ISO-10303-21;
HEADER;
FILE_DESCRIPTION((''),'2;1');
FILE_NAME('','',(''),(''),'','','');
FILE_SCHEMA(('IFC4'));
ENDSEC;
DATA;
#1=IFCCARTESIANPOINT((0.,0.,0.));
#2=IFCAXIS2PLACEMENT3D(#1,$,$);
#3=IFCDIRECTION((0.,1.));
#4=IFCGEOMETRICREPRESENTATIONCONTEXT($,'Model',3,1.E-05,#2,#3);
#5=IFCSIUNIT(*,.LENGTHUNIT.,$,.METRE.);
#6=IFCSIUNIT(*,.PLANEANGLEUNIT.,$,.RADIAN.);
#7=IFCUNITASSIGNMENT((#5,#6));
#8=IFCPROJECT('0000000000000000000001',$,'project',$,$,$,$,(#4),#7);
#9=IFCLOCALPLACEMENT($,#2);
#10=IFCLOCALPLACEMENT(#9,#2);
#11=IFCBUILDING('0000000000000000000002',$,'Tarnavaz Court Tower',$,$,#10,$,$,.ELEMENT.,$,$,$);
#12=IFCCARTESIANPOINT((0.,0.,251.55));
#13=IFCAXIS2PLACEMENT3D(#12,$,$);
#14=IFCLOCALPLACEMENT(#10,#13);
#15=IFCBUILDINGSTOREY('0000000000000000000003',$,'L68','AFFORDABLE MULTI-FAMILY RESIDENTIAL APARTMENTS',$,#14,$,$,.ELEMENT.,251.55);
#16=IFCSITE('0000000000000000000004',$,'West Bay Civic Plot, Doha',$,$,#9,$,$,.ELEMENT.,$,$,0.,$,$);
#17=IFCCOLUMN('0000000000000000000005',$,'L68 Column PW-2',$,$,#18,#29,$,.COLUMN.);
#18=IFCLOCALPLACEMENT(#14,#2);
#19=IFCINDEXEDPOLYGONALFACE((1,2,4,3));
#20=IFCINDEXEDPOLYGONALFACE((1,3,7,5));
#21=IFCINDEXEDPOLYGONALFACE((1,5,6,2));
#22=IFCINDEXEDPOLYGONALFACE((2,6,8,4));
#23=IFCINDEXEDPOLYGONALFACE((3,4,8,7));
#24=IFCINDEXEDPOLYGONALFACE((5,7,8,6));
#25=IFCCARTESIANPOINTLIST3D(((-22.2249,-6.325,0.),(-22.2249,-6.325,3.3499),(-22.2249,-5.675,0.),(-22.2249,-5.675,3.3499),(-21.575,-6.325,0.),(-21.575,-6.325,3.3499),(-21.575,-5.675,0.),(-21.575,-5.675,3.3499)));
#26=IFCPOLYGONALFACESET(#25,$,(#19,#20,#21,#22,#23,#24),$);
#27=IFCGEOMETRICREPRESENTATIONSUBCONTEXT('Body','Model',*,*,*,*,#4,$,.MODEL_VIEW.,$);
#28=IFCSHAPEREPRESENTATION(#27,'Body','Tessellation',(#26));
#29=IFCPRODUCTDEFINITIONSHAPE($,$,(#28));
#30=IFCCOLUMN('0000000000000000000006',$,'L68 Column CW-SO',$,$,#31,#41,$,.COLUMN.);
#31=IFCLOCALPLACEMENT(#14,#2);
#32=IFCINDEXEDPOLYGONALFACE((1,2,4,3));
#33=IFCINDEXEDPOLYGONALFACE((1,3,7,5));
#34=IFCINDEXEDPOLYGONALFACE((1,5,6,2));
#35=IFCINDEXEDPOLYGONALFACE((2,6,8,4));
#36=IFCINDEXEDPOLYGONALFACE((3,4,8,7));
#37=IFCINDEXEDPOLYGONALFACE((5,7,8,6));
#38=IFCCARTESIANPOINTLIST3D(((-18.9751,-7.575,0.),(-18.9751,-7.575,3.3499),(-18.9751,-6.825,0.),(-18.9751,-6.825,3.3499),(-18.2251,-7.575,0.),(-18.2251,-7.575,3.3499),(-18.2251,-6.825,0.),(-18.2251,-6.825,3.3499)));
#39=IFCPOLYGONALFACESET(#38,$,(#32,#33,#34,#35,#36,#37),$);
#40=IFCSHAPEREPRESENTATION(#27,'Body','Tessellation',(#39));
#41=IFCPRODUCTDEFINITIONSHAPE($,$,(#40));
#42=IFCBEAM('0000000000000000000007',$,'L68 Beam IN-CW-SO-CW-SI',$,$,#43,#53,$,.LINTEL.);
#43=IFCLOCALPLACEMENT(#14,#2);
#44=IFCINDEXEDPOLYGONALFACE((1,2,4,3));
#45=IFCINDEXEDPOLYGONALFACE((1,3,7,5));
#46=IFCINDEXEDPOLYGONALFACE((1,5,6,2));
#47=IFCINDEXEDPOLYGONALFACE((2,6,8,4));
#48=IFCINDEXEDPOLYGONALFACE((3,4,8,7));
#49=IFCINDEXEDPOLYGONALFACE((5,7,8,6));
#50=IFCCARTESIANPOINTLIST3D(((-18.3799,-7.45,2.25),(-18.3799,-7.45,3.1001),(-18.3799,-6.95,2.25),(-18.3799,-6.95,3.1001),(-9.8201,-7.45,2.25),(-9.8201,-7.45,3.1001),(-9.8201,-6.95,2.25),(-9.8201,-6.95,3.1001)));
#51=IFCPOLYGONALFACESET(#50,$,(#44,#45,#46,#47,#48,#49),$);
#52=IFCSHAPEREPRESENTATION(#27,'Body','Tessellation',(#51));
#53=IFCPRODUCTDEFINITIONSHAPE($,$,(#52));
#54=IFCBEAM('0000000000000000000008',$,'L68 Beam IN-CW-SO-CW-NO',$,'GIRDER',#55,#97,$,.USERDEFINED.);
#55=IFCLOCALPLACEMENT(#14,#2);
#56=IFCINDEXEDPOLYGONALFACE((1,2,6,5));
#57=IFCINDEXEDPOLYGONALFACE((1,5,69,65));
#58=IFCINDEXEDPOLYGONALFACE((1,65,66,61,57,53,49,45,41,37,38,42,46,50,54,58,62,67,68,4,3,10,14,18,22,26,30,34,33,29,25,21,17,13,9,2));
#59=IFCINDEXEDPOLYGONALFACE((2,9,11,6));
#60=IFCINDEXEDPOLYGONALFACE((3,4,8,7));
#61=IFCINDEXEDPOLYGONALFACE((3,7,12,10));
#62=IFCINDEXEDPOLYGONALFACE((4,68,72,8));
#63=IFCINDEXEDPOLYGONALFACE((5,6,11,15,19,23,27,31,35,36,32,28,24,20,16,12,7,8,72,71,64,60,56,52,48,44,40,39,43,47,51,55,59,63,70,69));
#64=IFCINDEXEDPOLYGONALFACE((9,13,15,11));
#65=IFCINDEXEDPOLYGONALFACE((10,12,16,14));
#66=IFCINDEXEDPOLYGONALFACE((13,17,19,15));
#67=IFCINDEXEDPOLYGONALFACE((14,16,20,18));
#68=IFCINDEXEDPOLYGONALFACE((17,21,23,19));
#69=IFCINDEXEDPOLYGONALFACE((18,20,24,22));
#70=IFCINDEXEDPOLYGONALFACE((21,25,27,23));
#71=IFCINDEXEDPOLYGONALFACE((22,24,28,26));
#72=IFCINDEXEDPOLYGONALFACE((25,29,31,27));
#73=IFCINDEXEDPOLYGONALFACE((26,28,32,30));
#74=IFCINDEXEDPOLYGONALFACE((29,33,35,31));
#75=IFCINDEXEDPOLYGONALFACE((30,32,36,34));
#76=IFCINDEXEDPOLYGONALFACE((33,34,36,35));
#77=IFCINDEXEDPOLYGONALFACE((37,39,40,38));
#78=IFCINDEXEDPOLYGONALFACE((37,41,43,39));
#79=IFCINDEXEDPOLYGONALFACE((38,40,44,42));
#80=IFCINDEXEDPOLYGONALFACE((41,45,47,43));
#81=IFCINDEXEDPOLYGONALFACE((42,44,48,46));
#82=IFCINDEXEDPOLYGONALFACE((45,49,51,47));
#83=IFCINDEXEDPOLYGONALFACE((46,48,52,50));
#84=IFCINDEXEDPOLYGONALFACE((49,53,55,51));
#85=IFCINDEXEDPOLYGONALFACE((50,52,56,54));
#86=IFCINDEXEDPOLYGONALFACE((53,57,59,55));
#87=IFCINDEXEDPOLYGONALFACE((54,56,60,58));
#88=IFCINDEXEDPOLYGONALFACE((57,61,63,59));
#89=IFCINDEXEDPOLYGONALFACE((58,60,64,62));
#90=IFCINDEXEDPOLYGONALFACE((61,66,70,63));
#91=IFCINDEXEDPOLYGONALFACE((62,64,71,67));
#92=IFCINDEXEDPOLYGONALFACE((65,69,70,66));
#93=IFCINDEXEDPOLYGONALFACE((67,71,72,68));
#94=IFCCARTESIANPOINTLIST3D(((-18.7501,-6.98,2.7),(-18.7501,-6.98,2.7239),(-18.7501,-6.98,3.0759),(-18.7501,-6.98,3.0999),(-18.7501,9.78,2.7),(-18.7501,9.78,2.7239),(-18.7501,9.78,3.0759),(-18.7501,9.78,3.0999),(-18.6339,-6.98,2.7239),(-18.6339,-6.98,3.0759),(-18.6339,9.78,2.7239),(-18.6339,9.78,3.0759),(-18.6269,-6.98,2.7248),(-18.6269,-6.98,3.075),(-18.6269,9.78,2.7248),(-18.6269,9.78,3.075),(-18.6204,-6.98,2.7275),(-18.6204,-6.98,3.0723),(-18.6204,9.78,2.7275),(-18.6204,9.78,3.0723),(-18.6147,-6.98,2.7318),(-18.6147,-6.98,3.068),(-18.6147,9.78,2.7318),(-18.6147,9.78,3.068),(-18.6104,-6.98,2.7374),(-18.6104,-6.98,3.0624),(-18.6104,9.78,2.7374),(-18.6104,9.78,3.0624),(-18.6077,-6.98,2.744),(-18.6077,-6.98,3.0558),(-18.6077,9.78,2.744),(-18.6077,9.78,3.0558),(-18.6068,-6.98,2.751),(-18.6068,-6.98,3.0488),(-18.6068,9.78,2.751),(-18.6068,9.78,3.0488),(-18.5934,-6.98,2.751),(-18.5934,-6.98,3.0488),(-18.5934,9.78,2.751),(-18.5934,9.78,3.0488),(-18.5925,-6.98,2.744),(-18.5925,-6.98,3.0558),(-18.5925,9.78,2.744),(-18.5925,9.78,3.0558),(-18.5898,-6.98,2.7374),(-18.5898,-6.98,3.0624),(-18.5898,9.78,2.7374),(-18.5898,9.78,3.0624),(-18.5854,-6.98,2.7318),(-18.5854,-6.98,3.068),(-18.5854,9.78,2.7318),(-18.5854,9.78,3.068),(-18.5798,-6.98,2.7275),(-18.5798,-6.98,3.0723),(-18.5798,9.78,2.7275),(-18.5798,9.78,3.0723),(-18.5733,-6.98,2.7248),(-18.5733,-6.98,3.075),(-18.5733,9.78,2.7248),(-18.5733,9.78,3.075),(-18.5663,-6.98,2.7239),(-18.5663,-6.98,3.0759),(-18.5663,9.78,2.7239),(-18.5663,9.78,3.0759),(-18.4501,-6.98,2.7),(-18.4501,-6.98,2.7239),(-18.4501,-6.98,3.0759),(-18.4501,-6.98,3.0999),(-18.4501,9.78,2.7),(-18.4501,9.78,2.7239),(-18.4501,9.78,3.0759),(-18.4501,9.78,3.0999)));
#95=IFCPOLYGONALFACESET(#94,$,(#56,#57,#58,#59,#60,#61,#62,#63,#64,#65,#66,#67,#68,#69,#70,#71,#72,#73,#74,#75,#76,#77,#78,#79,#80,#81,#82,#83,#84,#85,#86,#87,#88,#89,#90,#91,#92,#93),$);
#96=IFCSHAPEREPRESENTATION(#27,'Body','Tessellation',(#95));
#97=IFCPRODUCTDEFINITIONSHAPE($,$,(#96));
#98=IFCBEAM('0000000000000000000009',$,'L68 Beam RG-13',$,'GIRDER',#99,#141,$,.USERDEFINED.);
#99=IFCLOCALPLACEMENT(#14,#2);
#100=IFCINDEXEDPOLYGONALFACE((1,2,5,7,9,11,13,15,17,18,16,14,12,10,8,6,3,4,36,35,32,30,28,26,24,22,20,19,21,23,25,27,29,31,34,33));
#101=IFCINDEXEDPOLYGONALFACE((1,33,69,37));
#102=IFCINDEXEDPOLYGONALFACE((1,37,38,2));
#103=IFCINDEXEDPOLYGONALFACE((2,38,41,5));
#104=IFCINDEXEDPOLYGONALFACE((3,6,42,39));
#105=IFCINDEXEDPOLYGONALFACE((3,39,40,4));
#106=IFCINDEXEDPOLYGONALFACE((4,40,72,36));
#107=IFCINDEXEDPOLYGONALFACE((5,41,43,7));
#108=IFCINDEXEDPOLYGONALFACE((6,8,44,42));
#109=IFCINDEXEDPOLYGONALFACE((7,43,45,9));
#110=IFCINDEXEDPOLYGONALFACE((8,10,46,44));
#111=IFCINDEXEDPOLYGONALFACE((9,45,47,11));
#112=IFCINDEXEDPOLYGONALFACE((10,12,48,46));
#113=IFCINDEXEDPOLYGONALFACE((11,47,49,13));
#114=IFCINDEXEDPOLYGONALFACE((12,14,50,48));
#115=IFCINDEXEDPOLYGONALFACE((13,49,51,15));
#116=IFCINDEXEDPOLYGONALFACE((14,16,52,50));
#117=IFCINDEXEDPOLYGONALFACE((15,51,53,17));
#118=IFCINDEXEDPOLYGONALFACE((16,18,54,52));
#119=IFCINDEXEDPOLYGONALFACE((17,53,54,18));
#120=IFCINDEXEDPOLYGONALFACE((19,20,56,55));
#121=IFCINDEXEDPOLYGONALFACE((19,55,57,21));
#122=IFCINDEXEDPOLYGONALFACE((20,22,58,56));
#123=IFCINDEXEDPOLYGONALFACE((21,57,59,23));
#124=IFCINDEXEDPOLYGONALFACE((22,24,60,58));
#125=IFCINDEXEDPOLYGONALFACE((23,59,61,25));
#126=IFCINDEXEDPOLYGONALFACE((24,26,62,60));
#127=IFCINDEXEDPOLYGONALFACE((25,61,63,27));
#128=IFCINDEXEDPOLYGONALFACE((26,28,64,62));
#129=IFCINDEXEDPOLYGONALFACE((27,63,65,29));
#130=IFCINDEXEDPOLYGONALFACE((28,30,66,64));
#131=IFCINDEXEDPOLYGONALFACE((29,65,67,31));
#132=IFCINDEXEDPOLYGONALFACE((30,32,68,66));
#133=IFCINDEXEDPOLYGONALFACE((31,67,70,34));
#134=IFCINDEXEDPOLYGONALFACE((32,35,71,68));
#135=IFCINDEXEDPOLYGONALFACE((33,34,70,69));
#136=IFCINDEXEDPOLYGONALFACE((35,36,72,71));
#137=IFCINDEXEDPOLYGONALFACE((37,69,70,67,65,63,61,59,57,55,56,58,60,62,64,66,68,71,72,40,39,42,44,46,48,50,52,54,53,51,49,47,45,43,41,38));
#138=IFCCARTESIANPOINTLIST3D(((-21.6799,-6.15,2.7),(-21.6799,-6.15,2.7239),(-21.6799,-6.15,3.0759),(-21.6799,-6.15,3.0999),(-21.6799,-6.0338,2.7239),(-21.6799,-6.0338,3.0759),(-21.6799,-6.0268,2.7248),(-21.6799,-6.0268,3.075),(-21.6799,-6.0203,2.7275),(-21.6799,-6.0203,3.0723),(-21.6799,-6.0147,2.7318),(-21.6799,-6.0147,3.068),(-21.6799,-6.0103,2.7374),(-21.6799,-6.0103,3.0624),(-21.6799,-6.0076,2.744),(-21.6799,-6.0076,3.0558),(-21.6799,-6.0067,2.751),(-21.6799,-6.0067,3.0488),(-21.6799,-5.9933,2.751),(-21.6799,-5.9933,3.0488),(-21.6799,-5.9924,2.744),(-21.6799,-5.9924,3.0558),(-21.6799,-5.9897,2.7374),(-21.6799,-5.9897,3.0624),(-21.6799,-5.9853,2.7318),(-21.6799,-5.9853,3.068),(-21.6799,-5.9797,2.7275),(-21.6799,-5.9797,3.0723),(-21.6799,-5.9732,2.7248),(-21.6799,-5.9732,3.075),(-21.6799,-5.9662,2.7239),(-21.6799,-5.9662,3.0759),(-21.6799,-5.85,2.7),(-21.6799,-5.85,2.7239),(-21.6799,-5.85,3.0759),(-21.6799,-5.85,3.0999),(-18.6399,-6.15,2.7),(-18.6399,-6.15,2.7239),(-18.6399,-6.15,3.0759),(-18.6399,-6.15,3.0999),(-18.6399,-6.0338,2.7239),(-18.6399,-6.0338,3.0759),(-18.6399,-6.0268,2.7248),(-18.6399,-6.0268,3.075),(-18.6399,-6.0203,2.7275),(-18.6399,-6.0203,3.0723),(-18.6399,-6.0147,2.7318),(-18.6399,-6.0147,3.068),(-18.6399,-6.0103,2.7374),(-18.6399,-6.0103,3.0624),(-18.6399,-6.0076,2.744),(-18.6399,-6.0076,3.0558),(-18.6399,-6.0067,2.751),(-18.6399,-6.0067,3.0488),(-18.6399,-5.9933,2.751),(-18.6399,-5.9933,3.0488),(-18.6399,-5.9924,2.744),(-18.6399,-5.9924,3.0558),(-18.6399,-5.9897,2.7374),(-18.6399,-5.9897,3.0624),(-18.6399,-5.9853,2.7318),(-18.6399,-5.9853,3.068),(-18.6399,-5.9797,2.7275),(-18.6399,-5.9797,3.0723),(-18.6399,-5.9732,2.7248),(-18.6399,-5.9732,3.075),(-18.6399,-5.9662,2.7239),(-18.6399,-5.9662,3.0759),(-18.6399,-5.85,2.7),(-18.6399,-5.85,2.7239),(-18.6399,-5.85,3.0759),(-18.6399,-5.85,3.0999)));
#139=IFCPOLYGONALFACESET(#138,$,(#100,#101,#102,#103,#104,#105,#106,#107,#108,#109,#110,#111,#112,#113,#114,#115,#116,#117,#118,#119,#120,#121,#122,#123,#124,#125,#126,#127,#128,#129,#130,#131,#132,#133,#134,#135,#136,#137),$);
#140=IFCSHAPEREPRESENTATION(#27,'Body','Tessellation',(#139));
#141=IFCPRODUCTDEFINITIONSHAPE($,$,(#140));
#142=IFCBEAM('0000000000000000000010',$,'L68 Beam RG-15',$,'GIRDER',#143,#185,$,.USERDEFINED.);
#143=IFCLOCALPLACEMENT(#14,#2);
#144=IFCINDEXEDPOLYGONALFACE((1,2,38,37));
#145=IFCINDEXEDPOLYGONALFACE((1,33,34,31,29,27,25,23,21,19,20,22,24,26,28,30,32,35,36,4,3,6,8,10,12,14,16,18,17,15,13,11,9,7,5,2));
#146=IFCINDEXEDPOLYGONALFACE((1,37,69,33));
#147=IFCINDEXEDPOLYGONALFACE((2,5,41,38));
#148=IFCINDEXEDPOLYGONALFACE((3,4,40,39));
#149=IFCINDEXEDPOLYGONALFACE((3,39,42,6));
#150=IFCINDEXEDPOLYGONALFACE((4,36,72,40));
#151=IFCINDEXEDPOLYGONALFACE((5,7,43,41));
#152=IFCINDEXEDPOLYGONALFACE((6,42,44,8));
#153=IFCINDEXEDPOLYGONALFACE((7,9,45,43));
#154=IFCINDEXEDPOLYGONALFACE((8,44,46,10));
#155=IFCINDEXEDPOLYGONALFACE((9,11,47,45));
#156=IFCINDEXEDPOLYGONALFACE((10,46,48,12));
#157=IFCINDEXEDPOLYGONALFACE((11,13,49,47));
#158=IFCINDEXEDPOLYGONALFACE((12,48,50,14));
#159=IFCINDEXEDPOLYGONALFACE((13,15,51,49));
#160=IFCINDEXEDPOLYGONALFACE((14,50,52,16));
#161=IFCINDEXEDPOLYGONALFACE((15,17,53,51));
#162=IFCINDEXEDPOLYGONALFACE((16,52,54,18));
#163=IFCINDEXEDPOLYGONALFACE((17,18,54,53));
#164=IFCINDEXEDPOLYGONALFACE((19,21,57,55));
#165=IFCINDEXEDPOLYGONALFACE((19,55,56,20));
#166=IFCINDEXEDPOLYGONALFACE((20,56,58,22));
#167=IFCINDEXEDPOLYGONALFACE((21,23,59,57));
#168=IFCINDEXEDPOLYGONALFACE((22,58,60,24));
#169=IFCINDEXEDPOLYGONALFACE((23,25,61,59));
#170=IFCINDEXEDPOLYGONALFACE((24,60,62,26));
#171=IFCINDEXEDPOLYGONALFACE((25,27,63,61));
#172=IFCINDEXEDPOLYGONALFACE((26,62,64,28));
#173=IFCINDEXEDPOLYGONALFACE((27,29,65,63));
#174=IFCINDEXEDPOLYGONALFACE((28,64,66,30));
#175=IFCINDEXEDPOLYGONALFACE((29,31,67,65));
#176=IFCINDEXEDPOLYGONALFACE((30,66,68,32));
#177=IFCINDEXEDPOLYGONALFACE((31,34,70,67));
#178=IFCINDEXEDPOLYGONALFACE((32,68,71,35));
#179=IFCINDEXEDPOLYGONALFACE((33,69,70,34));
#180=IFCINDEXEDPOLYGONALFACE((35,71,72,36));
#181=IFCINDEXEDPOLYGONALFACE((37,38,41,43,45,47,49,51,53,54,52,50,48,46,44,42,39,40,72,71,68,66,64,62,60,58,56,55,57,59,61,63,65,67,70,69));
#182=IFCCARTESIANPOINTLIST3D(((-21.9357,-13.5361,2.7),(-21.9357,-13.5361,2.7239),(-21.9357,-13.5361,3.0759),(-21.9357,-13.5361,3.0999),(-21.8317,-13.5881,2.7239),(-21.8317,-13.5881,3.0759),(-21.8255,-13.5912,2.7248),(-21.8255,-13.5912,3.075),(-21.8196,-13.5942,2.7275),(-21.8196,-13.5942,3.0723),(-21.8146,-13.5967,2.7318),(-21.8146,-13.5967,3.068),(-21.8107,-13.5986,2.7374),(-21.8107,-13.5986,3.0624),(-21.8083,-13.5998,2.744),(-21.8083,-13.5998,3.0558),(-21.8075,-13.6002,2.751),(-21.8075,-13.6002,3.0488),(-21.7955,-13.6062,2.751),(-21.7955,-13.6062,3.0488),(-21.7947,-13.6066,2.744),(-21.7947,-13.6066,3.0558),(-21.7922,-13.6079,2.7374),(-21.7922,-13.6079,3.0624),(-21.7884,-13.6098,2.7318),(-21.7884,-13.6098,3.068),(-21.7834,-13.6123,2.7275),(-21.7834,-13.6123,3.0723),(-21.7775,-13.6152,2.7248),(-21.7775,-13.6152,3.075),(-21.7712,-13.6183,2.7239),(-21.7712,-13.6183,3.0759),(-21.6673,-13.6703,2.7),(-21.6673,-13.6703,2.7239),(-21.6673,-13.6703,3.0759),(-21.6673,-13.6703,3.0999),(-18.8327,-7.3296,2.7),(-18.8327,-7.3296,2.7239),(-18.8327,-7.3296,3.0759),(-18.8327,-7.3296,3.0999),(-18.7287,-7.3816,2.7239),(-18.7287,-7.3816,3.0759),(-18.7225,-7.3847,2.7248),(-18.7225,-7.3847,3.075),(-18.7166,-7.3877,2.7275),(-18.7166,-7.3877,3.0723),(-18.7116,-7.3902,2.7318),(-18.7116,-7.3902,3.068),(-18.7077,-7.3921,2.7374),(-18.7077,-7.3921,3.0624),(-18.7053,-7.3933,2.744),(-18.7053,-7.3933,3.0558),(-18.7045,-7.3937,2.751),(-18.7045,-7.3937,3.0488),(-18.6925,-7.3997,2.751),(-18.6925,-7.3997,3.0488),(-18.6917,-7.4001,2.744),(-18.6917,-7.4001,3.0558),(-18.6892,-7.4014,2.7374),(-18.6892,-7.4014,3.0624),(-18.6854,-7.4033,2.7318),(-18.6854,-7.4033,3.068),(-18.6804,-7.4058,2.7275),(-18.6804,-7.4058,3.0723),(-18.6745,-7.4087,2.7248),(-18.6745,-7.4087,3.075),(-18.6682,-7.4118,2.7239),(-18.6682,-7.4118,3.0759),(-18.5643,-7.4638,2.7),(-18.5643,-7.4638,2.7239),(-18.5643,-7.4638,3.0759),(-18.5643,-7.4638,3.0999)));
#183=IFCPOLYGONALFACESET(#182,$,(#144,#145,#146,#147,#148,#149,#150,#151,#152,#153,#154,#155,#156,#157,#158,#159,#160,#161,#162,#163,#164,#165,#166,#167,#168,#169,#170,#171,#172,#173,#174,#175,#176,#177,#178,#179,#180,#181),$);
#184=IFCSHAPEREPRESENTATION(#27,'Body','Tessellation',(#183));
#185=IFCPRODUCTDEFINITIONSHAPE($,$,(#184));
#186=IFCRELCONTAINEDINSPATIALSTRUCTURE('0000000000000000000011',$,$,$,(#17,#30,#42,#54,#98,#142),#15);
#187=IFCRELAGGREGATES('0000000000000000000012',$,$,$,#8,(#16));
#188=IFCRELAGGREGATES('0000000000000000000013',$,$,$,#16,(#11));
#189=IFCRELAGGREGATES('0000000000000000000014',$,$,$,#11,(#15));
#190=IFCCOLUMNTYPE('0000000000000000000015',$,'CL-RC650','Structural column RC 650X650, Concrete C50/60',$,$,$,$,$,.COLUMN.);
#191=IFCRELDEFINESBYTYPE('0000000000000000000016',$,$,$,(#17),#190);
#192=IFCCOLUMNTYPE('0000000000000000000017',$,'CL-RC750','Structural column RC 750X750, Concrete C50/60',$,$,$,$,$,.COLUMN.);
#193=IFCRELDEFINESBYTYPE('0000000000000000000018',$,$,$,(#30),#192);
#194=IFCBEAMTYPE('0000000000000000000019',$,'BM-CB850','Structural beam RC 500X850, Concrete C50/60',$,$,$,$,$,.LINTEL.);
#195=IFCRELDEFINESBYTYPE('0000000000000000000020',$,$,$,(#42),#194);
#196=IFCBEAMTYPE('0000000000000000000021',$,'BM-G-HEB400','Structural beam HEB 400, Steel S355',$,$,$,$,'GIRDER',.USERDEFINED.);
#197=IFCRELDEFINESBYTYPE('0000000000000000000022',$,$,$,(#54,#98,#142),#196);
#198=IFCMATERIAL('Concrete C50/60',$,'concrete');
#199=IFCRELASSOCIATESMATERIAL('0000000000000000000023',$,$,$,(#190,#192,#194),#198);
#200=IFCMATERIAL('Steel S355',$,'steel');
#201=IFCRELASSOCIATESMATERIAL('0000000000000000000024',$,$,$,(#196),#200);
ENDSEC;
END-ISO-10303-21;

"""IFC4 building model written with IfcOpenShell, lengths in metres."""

from ifc_helpers import new_model, si_unit, direction, frame, origin, origin_2d, place, context, subcontext, project, spatial, rectangle, i_section, extrude, material, material_profile, profile_set, type_object, element, save


model = new_model("IFC4")

# Units and contexts
model_context = context("Model", 3, precision=1e-05, world=origin(), true_north=direction((0.0, 1.0)))
body_context = subcontext(model_context, "Body", "Model", "MODEL_VIEW")
ifc_project = project(units=[si_unit("LENGTHUNIT", "METRE"), si_unit("PLANEANGLEUNIT", "RADIAN")], contexts=[model_context])

# Site, building, storey
site_placement = place(None, origin())
site = spatial("IfcSite", under=ifc_project, at=site_placement, Name="West Bay Civic Plot, Doha", CompositionType="ELEMENT", RefElevation=0.0)
building_placement = place(site_placement, origin())
building = spatial("IfcBuilding", under=site, at=building_placement, Name="Tarnavaz Court Tower", CompositionType="ELEMENT")
storey_placement = place(building_placement, frame((0.0, 0.0, 251.55)))
storey = spatial("IfcBuildingStorey", under=building, at=storey_placement, Name="L68", Description="AFFORDABLE MULTI-FAMILY RESIDENTIAL APARTMENTS", CompositionType="ELEMENT", Elevation=251.55)

# Columns
ifc_material_1 = material(Name="Concrete C50/60", Category="concrete")
ifc_material_profile_1 = material_profile(ifc_material_1, rectangle(XDim=0.6499, YDim=0.6499, at=origin_2d()), Name="RC 650X650")
ifc_profile_set_1 = profile_set([ifc_material_profile_1], Name="Concrete C50/60")
column_type_1 = type_object("IfcColumnType", Name="CL-RC650", Description="Structural column RC 650X650, Concrete C50/60", PredefinedType="COLUMN", material=ifc_profile_set_1)
column_1_placement = place(storey_placement, frame((-21.8999, -6.0, 0.0), z_axis=(0.0, 0.0, 1.0), x_axis=(1.0, 0.0, 0.0)))
element("IfcColumn", 1, at=column_1_placement, inside=storey, type_object=column_type_1, Name="L68 Column PW-2", PredefinedType="COLUMN", context=body_context, shape_type="SweptSolid", body=[
    extrude(rectangle(XDim=0.6499, YDim=0.6499, at=origin_2d()), origin(), (0.0, 0.0, 1.0), 3.3499),
])
ifc_material_profile_2 = material_profile(ifc_material_1, rectangle(XDim=0.75, YDim=0.75, at=origin_2d()), Name="RC 750X750")
ifc_profile_set_2 = profile_set([ifc_material_profile_2], Name="Concrete C50/60")
column_type_2 = type_object("IfcColumnType", Name="CL-RC750", Description="Structural column RC 750X750, Concrete C50/60", PredefinedType="COLUMN", material=ifc_profile_set_2)
column_2_placement = place(storey_placement, frame((-18.6001, -7.2, 0.0), z_axis=(0.0, 0.0, 1.0), x_axis=(1.0, 0.0, 0.0)))
element("IfcColumn", 2, at=column_2_placement, inside=storey, type_object=column_type_2, Name="L68 Column CW-SO", PredefinedType="COLUMN", context=body_context, shape_type="SweptSolid", body=[
    extrude(rectangle(XDim=0.75, YDim=0.75, at=origin_2d()), origin(), (0.0, 0.0, 1.0), 3.3499),
])

# Beams
ifc_material_profile_3 = material_profile(ifc_material_1, rectangle(XDim=0.5, YDim=0.8501, at=origin_2d()), Name="RC 500X850")
ifc_profile_set_3 = profile_set([ifc_material_profile_3], Name="Concrete C50/60")
beam_type_1 = type_object("IfcBeamType", Name="BM-CB850", Description="Structural beam RC 500X850, Concrete C50/60", PredefinedType="LINTEL", material=ifc_profile_set_3)
beam_1_placement = place(storey_placement, frame((-18.3799, -7.2, 2.675), z_axis=(1.0, 0.0, 0.0), x_axis=(0.0, 1.0, 0.0)))
element("IfcBeam", 3, at=beam_1_placement, inside=storey, type_object=beam_type_1, Name="L68 Beam IN-CW-SO-CW-SI", PredefinedType="LINTEL", context=body_context, shape_type="SweptSolid", body=[
    extrude(rectangle(XDim=0.5, YDim=0.8501, at=origin_2d()), origin(), (0.0, 0.0, 1.0), 8.5598),
])
ifc_material_2 = material(Name="Steel S355", Category="steel")
ifc_material_profile_4 = material_profile(ifc_material_2, i_section(OverallWidth=0.3, OverallDepth=0.3999, WebThickness=0.0134, FlangeThickness=0.0239, FilletRadius=0.0271, at=origin_2d()), Name="HEB 400")
ifc_profile_set_4 = profile_set([ifc_material_profile_4], Name="Steel S355")
beam_type_2 = type_object("IfcBeamType", Name="BM-G-HEB400", Description="Structural beam HEB 400, Steel S355", ElementType="GIRDER", PredefinedType="USERDEFINED", material=ifc_profile_set_4)
beam_2_placement = place(storey_placement, frame((-18.6001, -6.98, 2.8999), z_axis=(0.0, 1.0, 0.0), x_axis=(-1.0, 0.0, 0.0)))
element("IfcBeam", 4, at=beam_2_placement, inside=storey, type_object=beam_type_2, Name="L68 Beam IN-CW-SO-CW-NO", ObjectType="GIRDER", PredefinedType="USERDEFINED", context=body_context, shape_type="SweptSolid", body=[
    extrude(i_section(OverallWidth=0.3, OverallDepth=0.3999, WebThickness=0.0134, FlangeThickness=0.0239, FilletRadius=0.0271, at=origin_2d()), origin(), (0.0, 0.0, 1.0), 16.76),
])
beam_3_placement = place(storey_placement, frame((-18.6399, -6.0, 2.8999), z_axis=(-1.0, 0.0, 0.0), x_axis=(0.0, -1.0, 0.0)))
element("IfcBeam", 5, at=beam_3_placement, inside=storey, type_object=beam_type_2, Name="L68 Beam RG-13", ObjectType="GIRDER", PredefinedType="USERDEFINED", context=body_context, shape_type="SweptSolid", body=[
    extrude(i_section(OverallWidth=0.3, OverallDepth=0.3999, WebThickness=0.0134, FlangeThickness=0.0239, FilletRadius=0.0271, at=origin_2d()), origin(), (0.0, 0.0, 1.0), 3.04),
])
beam_4_placement = place(storey_placement, frame((-18.6985, -7.3967, 2.8999), z_axis=(-0.447185, -0.894441, 0.0), x_axis=(0.894441, -0.447185, 0.0)))
element("IfcBeam", 6, at=beam_4_placement, inside=storey, type_object=beam_type_2, Name="L68 Beam RG-15", ObjectType="GIRDER", PredefinedType="USERDEFINED", context=body_context, shape_type="SweptSolid", body=[
    extrude(i_section(OverallWidth=0.3, OverallDepth=0.3999, WebThickness=0.0134, FlangeThickness=0.0239, FilletRadius=0.0271, at=origin_2d()), origin(), (0.0, 0.0, 1.0), 6.939),
])

save(model, "model.ifc")
